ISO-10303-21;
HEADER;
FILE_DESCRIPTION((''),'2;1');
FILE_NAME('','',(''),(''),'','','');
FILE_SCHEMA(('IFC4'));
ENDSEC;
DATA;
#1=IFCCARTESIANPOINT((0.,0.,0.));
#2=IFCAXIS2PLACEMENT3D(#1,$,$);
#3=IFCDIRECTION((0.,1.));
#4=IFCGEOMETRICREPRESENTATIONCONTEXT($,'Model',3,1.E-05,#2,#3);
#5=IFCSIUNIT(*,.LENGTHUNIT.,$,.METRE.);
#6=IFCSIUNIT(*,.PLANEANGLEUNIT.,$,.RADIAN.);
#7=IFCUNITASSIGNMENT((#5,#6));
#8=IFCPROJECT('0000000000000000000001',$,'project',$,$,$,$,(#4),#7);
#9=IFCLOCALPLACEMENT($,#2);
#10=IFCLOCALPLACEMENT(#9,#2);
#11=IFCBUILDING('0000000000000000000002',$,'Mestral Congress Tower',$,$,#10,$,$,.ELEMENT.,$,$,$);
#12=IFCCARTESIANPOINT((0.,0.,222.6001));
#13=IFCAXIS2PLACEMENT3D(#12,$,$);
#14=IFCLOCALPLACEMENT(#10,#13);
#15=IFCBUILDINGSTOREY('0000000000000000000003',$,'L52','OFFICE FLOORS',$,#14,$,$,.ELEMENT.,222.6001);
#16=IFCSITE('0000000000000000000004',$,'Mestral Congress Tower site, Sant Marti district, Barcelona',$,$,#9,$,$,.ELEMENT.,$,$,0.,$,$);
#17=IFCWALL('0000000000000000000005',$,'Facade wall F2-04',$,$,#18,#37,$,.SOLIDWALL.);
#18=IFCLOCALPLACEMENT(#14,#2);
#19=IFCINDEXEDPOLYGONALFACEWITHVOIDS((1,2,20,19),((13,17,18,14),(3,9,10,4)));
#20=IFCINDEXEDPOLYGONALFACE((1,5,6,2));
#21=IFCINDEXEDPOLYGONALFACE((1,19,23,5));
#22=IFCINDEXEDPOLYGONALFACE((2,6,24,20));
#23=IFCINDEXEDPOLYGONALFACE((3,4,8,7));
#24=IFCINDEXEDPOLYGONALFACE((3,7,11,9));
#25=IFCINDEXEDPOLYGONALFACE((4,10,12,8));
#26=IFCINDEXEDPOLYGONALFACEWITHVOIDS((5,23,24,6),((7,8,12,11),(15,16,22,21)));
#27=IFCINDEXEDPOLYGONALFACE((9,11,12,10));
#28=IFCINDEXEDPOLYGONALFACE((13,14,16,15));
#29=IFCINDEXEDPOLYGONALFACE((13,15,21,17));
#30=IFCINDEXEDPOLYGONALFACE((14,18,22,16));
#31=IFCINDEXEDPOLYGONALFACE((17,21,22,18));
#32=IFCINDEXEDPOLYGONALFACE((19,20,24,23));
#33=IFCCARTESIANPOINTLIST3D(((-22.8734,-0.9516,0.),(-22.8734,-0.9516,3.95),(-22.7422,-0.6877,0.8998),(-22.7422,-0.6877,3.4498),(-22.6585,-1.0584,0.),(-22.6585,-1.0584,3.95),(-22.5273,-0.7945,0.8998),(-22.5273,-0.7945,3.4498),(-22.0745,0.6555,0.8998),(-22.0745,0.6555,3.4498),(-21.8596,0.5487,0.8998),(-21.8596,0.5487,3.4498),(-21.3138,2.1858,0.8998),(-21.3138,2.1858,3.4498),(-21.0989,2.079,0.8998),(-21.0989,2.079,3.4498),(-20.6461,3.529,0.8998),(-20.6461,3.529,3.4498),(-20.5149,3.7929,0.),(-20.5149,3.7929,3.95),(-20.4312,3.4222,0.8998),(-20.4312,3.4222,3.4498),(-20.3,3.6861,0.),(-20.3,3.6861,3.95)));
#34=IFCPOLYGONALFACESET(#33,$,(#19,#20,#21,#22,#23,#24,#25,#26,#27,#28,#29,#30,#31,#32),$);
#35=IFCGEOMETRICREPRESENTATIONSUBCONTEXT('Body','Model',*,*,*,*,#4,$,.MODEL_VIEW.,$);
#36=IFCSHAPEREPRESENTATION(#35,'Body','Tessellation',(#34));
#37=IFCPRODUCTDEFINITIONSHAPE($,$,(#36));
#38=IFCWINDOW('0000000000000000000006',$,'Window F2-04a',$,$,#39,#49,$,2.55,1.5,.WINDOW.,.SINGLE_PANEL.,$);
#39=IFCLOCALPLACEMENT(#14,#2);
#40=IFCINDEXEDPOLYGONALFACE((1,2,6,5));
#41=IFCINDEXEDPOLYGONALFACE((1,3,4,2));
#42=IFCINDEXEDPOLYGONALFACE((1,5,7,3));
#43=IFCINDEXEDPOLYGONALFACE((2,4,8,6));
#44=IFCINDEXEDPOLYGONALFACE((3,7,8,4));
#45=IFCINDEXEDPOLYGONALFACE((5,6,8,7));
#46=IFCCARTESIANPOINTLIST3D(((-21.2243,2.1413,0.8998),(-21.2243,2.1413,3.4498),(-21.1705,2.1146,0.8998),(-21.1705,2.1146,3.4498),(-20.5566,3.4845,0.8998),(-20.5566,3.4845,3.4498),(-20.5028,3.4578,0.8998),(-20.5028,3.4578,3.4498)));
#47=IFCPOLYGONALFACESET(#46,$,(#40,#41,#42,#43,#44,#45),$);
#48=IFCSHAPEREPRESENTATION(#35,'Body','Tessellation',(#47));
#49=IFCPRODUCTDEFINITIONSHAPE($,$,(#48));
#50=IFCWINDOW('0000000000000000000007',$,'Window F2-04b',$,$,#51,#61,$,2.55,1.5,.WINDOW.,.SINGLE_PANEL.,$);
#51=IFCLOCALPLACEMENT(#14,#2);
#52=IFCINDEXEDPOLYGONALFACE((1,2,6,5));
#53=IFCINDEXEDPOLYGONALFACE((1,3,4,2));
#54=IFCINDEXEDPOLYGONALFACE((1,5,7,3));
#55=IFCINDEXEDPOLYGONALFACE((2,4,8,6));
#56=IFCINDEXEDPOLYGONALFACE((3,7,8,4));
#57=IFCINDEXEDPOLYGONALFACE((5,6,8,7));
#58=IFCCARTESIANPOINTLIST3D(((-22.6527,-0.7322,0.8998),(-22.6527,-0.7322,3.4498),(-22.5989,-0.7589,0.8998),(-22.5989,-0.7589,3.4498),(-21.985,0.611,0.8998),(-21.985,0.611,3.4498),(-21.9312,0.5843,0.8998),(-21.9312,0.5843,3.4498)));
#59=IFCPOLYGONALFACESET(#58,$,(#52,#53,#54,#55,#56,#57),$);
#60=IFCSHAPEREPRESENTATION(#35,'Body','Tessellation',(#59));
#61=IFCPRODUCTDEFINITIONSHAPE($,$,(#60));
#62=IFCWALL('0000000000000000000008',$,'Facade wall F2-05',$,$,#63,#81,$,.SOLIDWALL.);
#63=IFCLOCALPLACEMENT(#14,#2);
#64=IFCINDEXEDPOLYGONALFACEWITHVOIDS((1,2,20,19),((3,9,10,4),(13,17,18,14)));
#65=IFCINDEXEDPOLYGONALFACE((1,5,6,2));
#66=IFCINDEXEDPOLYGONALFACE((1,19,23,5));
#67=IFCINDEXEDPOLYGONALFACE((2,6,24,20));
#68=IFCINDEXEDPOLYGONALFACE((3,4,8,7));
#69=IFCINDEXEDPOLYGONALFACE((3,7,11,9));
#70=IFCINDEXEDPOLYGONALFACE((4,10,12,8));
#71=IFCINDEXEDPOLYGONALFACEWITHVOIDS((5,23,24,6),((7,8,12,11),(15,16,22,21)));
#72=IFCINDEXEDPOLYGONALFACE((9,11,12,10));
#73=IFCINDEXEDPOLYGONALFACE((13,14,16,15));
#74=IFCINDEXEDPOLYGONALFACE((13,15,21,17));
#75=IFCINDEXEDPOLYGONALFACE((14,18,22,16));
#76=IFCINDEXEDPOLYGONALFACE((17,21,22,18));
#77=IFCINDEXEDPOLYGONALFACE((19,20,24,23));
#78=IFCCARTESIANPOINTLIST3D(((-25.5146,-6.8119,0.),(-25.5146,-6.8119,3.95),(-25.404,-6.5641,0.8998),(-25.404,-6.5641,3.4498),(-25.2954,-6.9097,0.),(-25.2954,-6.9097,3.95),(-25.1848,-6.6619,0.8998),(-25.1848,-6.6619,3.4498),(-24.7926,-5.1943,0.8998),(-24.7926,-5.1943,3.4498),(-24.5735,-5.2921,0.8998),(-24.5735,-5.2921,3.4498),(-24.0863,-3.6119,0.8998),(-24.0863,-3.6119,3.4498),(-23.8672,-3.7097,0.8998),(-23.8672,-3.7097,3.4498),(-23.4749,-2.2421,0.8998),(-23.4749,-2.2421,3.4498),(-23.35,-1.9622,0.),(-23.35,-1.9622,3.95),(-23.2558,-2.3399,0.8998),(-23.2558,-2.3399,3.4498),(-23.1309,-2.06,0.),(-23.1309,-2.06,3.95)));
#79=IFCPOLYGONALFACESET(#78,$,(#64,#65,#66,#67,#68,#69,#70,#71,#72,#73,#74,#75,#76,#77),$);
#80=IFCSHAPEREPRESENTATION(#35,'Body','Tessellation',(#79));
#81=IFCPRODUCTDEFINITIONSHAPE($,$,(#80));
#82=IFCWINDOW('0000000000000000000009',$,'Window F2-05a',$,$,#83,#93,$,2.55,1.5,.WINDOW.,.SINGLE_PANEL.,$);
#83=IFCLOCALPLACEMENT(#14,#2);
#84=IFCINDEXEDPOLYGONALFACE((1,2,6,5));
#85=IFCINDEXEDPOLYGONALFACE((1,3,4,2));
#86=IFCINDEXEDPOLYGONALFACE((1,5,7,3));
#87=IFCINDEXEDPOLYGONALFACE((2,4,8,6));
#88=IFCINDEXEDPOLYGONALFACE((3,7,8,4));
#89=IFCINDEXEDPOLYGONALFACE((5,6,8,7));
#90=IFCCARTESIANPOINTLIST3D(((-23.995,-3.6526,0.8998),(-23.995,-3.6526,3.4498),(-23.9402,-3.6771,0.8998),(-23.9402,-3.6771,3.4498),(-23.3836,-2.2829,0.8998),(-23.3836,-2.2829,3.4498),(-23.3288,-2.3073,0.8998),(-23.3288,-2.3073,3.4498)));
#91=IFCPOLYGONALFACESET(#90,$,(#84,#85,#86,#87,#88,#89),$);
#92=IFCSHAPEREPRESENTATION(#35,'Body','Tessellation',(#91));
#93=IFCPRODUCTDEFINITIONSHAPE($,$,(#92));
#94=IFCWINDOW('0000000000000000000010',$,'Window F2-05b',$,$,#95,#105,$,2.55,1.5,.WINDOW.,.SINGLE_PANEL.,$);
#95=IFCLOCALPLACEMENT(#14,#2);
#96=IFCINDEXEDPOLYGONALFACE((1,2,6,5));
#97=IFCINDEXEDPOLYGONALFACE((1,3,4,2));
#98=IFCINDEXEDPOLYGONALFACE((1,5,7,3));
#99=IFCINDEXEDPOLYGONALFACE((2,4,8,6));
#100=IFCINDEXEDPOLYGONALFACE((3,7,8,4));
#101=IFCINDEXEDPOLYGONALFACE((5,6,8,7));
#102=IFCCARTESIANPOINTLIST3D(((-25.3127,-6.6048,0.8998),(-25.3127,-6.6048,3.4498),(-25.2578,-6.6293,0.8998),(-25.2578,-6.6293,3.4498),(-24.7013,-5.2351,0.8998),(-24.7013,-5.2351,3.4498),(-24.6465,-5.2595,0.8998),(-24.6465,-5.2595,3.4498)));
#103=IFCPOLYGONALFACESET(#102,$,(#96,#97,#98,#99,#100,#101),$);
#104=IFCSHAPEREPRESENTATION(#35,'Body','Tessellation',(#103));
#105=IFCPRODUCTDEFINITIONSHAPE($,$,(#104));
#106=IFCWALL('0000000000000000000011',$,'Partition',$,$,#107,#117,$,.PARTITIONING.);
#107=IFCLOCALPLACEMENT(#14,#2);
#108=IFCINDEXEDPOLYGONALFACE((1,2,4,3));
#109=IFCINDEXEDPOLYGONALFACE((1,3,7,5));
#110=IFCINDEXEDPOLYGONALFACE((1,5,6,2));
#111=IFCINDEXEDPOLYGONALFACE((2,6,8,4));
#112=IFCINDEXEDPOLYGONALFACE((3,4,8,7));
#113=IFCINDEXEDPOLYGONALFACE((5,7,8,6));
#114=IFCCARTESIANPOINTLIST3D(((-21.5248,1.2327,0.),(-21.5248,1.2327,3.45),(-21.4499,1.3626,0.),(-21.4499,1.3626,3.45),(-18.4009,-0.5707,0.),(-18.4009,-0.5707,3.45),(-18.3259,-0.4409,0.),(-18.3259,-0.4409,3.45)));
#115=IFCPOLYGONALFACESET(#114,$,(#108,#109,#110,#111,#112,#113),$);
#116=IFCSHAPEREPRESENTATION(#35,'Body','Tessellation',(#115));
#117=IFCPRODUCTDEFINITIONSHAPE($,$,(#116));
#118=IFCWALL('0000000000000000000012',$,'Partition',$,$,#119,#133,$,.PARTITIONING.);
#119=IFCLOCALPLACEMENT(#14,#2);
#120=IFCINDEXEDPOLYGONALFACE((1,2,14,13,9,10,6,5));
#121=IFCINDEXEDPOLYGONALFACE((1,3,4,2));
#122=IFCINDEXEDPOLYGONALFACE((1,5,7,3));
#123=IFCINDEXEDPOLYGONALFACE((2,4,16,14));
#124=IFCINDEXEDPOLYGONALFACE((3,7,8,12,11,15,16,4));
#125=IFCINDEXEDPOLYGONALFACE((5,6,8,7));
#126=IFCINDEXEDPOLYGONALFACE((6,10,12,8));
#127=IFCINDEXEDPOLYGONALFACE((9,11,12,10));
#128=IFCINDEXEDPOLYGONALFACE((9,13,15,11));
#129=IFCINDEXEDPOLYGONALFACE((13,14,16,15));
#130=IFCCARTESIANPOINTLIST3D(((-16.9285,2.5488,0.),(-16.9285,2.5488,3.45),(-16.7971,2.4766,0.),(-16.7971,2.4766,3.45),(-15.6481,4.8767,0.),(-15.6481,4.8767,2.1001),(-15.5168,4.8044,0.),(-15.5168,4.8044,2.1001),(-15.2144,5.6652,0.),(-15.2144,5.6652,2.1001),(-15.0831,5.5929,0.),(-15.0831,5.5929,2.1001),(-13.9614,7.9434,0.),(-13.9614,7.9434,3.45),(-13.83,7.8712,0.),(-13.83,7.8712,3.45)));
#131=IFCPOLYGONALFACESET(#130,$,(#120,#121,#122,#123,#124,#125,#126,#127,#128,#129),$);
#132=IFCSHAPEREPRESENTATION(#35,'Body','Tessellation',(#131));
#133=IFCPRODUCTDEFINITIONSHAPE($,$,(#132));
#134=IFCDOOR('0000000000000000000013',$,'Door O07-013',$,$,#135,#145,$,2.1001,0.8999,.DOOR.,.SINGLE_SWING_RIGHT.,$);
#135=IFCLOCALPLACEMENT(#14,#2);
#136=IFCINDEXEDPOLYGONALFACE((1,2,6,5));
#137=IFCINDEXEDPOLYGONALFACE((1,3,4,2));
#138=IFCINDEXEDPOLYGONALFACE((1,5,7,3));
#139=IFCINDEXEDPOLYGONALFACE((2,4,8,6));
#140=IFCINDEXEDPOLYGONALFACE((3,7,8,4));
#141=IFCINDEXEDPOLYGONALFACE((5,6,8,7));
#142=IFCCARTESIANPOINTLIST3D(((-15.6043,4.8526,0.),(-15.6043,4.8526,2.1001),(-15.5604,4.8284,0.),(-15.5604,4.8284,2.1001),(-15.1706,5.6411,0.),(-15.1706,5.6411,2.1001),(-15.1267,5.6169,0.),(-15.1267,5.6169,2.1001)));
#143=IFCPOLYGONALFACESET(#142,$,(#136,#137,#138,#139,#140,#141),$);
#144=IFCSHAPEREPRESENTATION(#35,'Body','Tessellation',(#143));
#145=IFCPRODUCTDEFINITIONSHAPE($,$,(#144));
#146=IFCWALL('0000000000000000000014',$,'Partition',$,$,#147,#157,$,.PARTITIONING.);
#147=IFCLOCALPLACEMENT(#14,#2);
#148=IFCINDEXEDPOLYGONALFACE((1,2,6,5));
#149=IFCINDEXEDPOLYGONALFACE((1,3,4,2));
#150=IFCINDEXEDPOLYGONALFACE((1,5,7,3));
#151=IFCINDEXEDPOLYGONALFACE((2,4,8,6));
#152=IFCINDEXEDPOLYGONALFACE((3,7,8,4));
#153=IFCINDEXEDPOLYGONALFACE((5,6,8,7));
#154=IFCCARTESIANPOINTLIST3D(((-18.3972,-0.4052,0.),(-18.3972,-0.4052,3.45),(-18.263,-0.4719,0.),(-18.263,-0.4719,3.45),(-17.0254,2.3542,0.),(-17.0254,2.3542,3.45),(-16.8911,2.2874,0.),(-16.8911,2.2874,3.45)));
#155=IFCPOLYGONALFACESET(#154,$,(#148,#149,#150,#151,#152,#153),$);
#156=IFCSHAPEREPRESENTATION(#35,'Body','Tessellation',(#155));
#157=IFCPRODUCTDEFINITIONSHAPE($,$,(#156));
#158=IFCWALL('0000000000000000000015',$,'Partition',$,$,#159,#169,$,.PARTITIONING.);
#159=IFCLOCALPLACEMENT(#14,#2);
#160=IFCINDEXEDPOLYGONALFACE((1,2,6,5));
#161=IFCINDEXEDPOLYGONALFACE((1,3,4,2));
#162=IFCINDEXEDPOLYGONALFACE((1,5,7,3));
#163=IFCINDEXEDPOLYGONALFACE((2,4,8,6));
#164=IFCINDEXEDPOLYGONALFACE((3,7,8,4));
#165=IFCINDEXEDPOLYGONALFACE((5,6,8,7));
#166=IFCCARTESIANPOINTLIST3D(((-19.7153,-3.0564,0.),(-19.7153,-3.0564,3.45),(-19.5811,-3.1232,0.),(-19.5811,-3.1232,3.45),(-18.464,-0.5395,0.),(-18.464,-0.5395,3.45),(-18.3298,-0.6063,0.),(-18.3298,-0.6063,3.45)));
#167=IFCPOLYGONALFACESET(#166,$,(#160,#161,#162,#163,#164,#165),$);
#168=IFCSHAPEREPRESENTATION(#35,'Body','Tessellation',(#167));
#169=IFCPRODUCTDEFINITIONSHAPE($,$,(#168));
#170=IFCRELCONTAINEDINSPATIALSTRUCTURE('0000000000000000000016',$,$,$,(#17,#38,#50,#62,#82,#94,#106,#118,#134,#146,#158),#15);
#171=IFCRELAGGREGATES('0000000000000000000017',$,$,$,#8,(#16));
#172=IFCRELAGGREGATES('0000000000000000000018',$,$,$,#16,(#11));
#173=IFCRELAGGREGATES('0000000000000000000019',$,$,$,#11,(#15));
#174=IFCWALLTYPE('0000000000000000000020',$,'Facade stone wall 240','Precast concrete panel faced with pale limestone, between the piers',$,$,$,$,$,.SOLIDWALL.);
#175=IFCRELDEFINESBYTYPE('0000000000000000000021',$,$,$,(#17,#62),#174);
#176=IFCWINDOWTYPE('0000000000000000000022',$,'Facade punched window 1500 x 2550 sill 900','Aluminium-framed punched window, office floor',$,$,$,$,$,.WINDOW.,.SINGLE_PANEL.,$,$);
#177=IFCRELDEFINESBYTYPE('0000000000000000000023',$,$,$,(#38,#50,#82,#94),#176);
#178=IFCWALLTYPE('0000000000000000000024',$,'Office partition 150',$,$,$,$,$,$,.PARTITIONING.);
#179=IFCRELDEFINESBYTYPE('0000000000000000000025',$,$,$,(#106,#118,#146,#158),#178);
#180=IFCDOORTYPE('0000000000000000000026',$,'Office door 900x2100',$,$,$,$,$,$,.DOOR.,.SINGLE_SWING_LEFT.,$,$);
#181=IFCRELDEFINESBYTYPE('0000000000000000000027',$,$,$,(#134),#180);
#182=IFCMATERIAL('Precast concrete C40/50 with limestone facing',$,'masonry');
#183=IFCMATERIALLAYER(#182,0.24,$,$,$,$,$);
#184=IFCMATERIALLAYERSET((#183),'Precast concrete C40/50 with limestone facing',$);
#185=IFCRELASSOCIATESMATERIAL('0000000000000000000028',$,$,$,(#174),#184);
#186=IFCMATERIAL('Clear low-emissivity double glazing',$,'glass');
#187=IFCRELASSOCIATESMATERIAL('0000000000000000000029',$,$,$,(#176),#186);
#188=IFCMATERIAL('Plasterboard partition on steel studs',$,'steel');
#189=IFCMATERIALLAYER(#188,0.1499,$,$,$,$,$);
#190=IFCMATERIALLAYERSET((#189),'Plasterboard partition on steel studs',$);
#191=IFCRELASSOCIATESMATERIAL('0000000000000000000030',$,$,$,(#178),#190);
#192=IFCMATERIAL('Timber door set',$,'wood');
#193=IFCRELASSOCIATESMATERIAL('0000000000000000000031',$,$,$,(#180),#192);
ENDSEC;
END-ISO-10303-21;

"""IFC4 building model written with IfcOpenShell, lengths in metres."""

from ifc_helpers import new_model, si_unit, direction, frame, frame_2d, origin, place, context, subcontext, project, spatial, rectangle, extrude, material, layer, layer_set, type_object, element, fill, save


model = new_model("IFC4")

# Units and contexts
model_context = context("Model", 3, precision=1e-05, world=origin(), true_north=direction((0.0, 1.0)))
body_context = subcontext(model_context, "Body", "Model", "MODEL_VIEW")
ifc_project = project(units=[si_unit("LENGTHUNIT", "METRE"), si_unit("PLANEANGLEUNIT", "RADIAN")], contexts=[model_context])

# Site, building, storey
site_placement = place(None, origin())
site = spatial("IfcSite", under=ifc_project, at=site_placement, Name="Mestral Congress Tower site, Sant Marti district, Barcelona", CompositionType="ELEMENT", RefElevation=0.0)
building_placement = place(site_placement, origin())
building = spatial("IfcBuilding", under=site, at=building_placement, Name="Mestral Congress Tower", CompositionType="ELEMENT")
storey_placement = place(building_placement, frame((0.0, 0.0, 222.6001)))
storey = spatial("IfcBuildingStorey", under=building, at=storey_placement, Name="L52", Description="OFFICE FLOORS", CompositionType="ELEMENT", Elevation=222.6001)

# Walls, openings, windows
ifc_material_1 = material(Name="Precast concrete C40/50 with limestone facing", Category="masonry")
ifc_layer_1 = layer(ifc_material_1, 0.24)
ifc_layer_set_1 = layer_set([ifc_layer_1], Name="Precast concrete C40/50 with limestone facing")
wall_type_1 = type_object("IfcWallType", Name="Facade stone wall 240", Description="Precast concrete panel faced with pale limestone, between the piers", PredefinedType="SOLIDWALL", material=ifc_layer_set_1)
wall_1_placement = place(storey_placement, frame((-20.4075, 3.7395, 0.0), z_axis=(0.0, 0.0, 1.0), x_axis=(-0.44513, -0.895466, 0.0)))
wall_1 = element("IfcWall", 1, at=wall_1_placement, inside=storey, type_object=wall_type_1, Name="Facade wall F2-04", PredefinedType="SOLIDWALL", context=body_context, shape_type="SweptSolid", body=[
    extrude(rectangle(XDim=5.2983, YDim=0.24, at=frame_2d((2.6492, 0.0))), origin(), (0.0, 0.0, 1.0), 3.95),
])
opening_1_placement = place(wall_1_placement, frame((0.2947, 0.0, 0.8999)))
opening_1 = element("IfcOpeningElement", 2, at=opening_1_placement, cuts=wall_1, PredefinedType="OPENING", context=body_context, shape_type="SweptSolid", body=[
    extrude(rectangle(XDim=1.5, YDim=2.55, at=frame_2d((0.75, 1.2749))), frame((0.0, 0.1299, 0.0), z_axis=(0.0, -1.0, 0.0), x_axis=(1.0, 0.0, 0.0)), (0.0, 0.0, 1.0), 0.26),
])
opening_2_placement = place(wall_1_placement, frame((3.5037, 0.0, 0.8999)))
opening_2 = element("IfcOpeningElement", 3, at=opening_2_placement, cuts=wall_1, PredefinedType="OPENING", context=body_context, shape_type="SweptSolid", body=[
    extrude(rectangle(XDim=1.5, YDim=2.55, at=frame_2d((0.75, 1.2749))), frame((0.0, 0.1299, 0.0), z_axis=(0.0, -1.0, 0.0), x_axis=(1.0, 0.0, 0.0)), (0.0, 0.0, 1.0), 0.26),
])
ifc_material_2 = material(Name="Clear low-emissivity double glazing", Category="glass")
window_type = type_object("IfcWindowType", Name="Facade punched window 1500 x 2550 sill 900", Description="Aluminium-framed punched window, office floor", PartitioningType="SINGLE_PANEL", PredefinedType="WINDOW", material=ifc_material_2)
window_1_placement = place(opening_1_placement, origin())
window_1 = element("IfcWindow", 4, at=window_1_placement, inside=storey, type_object=window_type, Name="Window F2-04a", OverallHeight=2.55, OverallWidth=1.5, PartitioningType="SINGLE_PANEL", PredefinedType="WINDOW", context=body_context, shape_type="SweptSolid", body=[
    extrude(rectangle(XDim=1.5, YDim=2.55, at=frame_2d((0.75, 1.2749))), frame((0.0, 0.04, 0.0), z_axis=(0.0, -1.0, 0.0), x_axis=(1.0, 0.0, 0.0)), (0.0, 0.0, 1.0), 0.0601),
])
fill(opening_1, window_1)
window_2_placement = place(opening_2_placement, origin())
window_2 = element("IfcWindow", 5, at=window_2_placement, inside=storey, type_object=window_type, Name="Window F2-04b", OverallHeight=2.55, OverallWidth=1.5, PartitioningType="SINGLE_PANEL", PredefinedType="WINDOW", context=body_context, shape_type="SweptSolid", body=[
    extrude(rectangle(XDim=1.5, YDim=2.55, at=frame_2d((0.75, 1.2749))), frame((0.0, 0.04, 0.0), z_axis=(0.0, -1.0, 0.0), x_axis=(1.0, 0.0, 0.0)), (0.0, 0.0, 1.0), 0.0601),
])
fill(opening_2, window_2)
wall_2_placement = place(storey_placement, frame((-23.2405, -2.0112, 0.0), z_axis=(0.0, 0.0, 1.0), x_axis=(-0.40758, -0.91317, 0.0)))
wall_2 = element("IfcWall", 6, at=wall_2_placement, inside=storey, type_object=wall_type_1, Name="Facade wall F2-05", PredefinedType="SOLIDWALL", context=body_context, shape_type="SweptSolid", body=[
    extrude(rectangle(XDim=5.3108, YDim=0.24, at=frame_2d((2.6553, 0.0))), origin(), (0.0, 0.0, 1.0), 3.95),
])
opening_3_placement = place(wall_2_placement, frame((0.3064, 0.0, 0.8999)))
opening_3 = element("IfcOpeningElement", 7, at=opening_3_placement, cuts=wall_2, PredefinedType="OPENING", context=body_context, shape_type="SweptSolid", body=[
    extrude(rectangle(XDim=1.5, YDim=2.55, at=frame_2d((0.75, 1.2749))), frame((0.0, 0.1299, 0.0), z_axis=(0.0, -1.0, 0.0), x_axis=(1.0, 0.0, 0.0)), (0.0, 0.0, 1.0), 0.26),
])
opening_4_placement = place(wall_2_placement, frame((3.5393, 0.0, 0.8999)))
opening_4 = element("IfcOpeningElement", 8, at=opening_4_placement, cuts=wall_2, PredefinedType="OPENING", context=body_context, shape_type="SweptSolid", body=[
    extrude(rectangle(XDim=1.5, YDim=2.55, at=frame_2d((0.75, 1.2749))), frame((0.0, 0.1299, 0.0), z_axis=(0.0, -1.0, 0.0), x_axis=(1.0, 0.0, 0.0)), (0.0, 0.0, 1.0), 0.26),
])
window_3_placement = place(opening_3_placement, origin())
window_3 = element("IfcWindow", 9, at=window_3_placement, inside=storey, type_object=window_type, Name="Window F2-05a", OverallHeight=2.55, OverallWidth=1.5, PartitioningType="SINGLE_PANEL", PredefinedType="WINDOW", context=body_context, shape_type="SweptSolid", body=[
    extrude(rectangle(XDim=1.5, YDim=2.55, at=frame_2d((0.75, 1.2749))), frame((0.0, 0.04, 0.0), z_axis=(0.0, -1.0, 0.0), x_axis=(1.0, 0.0, 0.0)), (0.0, 0.0, 1.0), 0.0601),
])
fill(opening_3, window_3)
window_4_placement = place(opening_4_placement, origin())
window_4 = element("IfcWindow", 10, at=window_4_placement, inside=storey, type_object=window_type, Name="Window F2-05b", OverallHeight=2.55, OverallWidth=1.5, PartitioningType="SINGLE_PANEL", PredefinedType="WINDOW", context=body_context, shape_type="SweptSolid", body=[
    extrude(rectangle(XDim=1.5, YDim=2.55, at=frame_2d((0.75, 1.2749))), frame((0.0, 0.04, 0.0), z_axis=(0.0, -1.0, 0.0), x_axis=(1.0, 0.0, 0.0)), (0.0, 0.0, 1.0), 0.0601),
])
fill(opening_4, window_4)

# Wall
ifc_material_3 = material(Name="Plasterboard partition on steel studs", Category="steel")
ifc_layer_2 = layer(ifc_material_3, 0.1499)
ifc_layer_set_2 = layer_set([ifc_layer_2], Name="Plasterboard partition on steel studs")
wall_type_2 = type_object("IfcWallType", Name="Office partition 150", PredefinedType="PARTITIONING", material=ifc_layer_set_2)
wall_3_placement = place(storey_placement, frame((-18.3633, -0.5059, 0.0), z_axis=(0.0, 0.0, 1.0), x_axis=(-0.866048, 0.499961, 0.0)))
element("IfcWall", 11, at=wall_3_placement, inside=storey, type_object=wall_type_2, Name="Partition", PredefinedType="PARTITIONING", context=body_context, shape_type="SweptSolid", body=[
    extrude(rectangle(XDim=3.6072, YDim=0.1499, at=frame_2d((1.8037, 0.0))), origin(), (0.0, 0.0, 1.0), 3.45),
])

# Wall, opening, door
wall_4_placement = place(storey_placement, frame((-16.8628, 2.5127, 0.0), z_axis=(0.0, 0.0, 1.0), x_axis=(0.481925, 0.876213, 0.0)))
wall_4 = element("IfcWall", 12, at=wall_4_placement, inside=storey, type_object=wall_type_2, Name="Partition", PredefinedType="PARTITIONING", context=body_context, shape_type="SweptSolid", body=[
    extrude(rectangle(XDim=6.1567, YDim=0.1499, at=frame_2d((3.0784, 0.0))), origin(), (0.0, 0.0, 1.0), 3.45),
])
opening_5_placement = place(wall_4_placement, frame((2.6567, 0.0, 0.0)))
opening_5 = element("IfcOpeningElement", 13, at=opening_5_placement, cuts=wall_4, PredefinedType="OPENING", context=body_context, shape_type="SweptSolid", body=[
    extrude(rectangle(XDim=0.8999, YDim=2.1001, at=frame_2d((0.45, 1.05))), frame((0.0, 0.085, 0.0), z_axis=(0.0, -1.0, 0.0), x_axis=(1.0, 0.0, 0.0)), (0.0, 0.0, 1.0), 0.1699),
])
ifc_material_4 = material(Name="Timber door set", Category="wood")
door_type_1 = type_object("IfcDoorType", Name="Office door 900x2100", OperationType="SINGLE_SWING_LEFT", PredefinedType="DOOR", material=ifc_material_4)
door_1_placement = place(opening_5_placement, origin())
door_1 = element("IfcDoor", 14, at=door_1_placement, inside=storey, type_object=door_type_1, Name="Door O07-013", OperationType="SINGLE_SWING_RIGHT", OverallHeight=2.1001, OverallWidth=0.8999, PredefinedType="DOOR", context=body_context, shape_type="SweptSolid", body=[
    extrude(rectangle(XDim=0.8999, YDim=2.1001, at=frame_2d((0.45, 1.05))), frame((0.0, 0.0249, 0.0), z_axis=(0.0, -1.0, 0.0), x_axis=(1.0, 0.0, 0.0)), (0.0, 0.0, 1.0), 0.05),
])
fill(opening_5, door_1)

# Walls
wall_5_placement = place(storey_placement, frame((-16.9583, 2.3208, 0.0), z_axis=(0.0, 0.0, 1.0), x_axis=(-0.445184, -0.895439, 0.0)))
element("IfcWall", 15, at=wall_5_placement, inside=storey, type_object=wall_type_2, Name="Partition", PredefinedType="PARTITIONING", context=body_context, shape_type="SweptSolid", body=[
    extrude(rectangle(XDim=3.0815, YDim=0.1499, at=frame_2d((1.5408, 0.0))), origin(), (0.0, 0.0, 1.0), 3.45),
])
wall_6_placement = place(storey_placement, frame((-18.397, -0.573, 0.0), z_axis=(0.0, 0.0, 1.0), x_axis=(-0.445163, -0.89545, 0.0)))
element("IfcWall", 16, at=wall_6_placement, inside=storey, type_object=wall_type_2, Name="Partition", PredefinedType="PARTITIONING", context=body_context, shape_type="SweptSolid", body=[
    extrude(rectangle(XDim=2.8108, YDim=0.1499, at=frame_2d((1.4053, 0.0))), origin(), (0.0, 0.0, 1.0), 3.45),
])

save(model, "model.ifc")
